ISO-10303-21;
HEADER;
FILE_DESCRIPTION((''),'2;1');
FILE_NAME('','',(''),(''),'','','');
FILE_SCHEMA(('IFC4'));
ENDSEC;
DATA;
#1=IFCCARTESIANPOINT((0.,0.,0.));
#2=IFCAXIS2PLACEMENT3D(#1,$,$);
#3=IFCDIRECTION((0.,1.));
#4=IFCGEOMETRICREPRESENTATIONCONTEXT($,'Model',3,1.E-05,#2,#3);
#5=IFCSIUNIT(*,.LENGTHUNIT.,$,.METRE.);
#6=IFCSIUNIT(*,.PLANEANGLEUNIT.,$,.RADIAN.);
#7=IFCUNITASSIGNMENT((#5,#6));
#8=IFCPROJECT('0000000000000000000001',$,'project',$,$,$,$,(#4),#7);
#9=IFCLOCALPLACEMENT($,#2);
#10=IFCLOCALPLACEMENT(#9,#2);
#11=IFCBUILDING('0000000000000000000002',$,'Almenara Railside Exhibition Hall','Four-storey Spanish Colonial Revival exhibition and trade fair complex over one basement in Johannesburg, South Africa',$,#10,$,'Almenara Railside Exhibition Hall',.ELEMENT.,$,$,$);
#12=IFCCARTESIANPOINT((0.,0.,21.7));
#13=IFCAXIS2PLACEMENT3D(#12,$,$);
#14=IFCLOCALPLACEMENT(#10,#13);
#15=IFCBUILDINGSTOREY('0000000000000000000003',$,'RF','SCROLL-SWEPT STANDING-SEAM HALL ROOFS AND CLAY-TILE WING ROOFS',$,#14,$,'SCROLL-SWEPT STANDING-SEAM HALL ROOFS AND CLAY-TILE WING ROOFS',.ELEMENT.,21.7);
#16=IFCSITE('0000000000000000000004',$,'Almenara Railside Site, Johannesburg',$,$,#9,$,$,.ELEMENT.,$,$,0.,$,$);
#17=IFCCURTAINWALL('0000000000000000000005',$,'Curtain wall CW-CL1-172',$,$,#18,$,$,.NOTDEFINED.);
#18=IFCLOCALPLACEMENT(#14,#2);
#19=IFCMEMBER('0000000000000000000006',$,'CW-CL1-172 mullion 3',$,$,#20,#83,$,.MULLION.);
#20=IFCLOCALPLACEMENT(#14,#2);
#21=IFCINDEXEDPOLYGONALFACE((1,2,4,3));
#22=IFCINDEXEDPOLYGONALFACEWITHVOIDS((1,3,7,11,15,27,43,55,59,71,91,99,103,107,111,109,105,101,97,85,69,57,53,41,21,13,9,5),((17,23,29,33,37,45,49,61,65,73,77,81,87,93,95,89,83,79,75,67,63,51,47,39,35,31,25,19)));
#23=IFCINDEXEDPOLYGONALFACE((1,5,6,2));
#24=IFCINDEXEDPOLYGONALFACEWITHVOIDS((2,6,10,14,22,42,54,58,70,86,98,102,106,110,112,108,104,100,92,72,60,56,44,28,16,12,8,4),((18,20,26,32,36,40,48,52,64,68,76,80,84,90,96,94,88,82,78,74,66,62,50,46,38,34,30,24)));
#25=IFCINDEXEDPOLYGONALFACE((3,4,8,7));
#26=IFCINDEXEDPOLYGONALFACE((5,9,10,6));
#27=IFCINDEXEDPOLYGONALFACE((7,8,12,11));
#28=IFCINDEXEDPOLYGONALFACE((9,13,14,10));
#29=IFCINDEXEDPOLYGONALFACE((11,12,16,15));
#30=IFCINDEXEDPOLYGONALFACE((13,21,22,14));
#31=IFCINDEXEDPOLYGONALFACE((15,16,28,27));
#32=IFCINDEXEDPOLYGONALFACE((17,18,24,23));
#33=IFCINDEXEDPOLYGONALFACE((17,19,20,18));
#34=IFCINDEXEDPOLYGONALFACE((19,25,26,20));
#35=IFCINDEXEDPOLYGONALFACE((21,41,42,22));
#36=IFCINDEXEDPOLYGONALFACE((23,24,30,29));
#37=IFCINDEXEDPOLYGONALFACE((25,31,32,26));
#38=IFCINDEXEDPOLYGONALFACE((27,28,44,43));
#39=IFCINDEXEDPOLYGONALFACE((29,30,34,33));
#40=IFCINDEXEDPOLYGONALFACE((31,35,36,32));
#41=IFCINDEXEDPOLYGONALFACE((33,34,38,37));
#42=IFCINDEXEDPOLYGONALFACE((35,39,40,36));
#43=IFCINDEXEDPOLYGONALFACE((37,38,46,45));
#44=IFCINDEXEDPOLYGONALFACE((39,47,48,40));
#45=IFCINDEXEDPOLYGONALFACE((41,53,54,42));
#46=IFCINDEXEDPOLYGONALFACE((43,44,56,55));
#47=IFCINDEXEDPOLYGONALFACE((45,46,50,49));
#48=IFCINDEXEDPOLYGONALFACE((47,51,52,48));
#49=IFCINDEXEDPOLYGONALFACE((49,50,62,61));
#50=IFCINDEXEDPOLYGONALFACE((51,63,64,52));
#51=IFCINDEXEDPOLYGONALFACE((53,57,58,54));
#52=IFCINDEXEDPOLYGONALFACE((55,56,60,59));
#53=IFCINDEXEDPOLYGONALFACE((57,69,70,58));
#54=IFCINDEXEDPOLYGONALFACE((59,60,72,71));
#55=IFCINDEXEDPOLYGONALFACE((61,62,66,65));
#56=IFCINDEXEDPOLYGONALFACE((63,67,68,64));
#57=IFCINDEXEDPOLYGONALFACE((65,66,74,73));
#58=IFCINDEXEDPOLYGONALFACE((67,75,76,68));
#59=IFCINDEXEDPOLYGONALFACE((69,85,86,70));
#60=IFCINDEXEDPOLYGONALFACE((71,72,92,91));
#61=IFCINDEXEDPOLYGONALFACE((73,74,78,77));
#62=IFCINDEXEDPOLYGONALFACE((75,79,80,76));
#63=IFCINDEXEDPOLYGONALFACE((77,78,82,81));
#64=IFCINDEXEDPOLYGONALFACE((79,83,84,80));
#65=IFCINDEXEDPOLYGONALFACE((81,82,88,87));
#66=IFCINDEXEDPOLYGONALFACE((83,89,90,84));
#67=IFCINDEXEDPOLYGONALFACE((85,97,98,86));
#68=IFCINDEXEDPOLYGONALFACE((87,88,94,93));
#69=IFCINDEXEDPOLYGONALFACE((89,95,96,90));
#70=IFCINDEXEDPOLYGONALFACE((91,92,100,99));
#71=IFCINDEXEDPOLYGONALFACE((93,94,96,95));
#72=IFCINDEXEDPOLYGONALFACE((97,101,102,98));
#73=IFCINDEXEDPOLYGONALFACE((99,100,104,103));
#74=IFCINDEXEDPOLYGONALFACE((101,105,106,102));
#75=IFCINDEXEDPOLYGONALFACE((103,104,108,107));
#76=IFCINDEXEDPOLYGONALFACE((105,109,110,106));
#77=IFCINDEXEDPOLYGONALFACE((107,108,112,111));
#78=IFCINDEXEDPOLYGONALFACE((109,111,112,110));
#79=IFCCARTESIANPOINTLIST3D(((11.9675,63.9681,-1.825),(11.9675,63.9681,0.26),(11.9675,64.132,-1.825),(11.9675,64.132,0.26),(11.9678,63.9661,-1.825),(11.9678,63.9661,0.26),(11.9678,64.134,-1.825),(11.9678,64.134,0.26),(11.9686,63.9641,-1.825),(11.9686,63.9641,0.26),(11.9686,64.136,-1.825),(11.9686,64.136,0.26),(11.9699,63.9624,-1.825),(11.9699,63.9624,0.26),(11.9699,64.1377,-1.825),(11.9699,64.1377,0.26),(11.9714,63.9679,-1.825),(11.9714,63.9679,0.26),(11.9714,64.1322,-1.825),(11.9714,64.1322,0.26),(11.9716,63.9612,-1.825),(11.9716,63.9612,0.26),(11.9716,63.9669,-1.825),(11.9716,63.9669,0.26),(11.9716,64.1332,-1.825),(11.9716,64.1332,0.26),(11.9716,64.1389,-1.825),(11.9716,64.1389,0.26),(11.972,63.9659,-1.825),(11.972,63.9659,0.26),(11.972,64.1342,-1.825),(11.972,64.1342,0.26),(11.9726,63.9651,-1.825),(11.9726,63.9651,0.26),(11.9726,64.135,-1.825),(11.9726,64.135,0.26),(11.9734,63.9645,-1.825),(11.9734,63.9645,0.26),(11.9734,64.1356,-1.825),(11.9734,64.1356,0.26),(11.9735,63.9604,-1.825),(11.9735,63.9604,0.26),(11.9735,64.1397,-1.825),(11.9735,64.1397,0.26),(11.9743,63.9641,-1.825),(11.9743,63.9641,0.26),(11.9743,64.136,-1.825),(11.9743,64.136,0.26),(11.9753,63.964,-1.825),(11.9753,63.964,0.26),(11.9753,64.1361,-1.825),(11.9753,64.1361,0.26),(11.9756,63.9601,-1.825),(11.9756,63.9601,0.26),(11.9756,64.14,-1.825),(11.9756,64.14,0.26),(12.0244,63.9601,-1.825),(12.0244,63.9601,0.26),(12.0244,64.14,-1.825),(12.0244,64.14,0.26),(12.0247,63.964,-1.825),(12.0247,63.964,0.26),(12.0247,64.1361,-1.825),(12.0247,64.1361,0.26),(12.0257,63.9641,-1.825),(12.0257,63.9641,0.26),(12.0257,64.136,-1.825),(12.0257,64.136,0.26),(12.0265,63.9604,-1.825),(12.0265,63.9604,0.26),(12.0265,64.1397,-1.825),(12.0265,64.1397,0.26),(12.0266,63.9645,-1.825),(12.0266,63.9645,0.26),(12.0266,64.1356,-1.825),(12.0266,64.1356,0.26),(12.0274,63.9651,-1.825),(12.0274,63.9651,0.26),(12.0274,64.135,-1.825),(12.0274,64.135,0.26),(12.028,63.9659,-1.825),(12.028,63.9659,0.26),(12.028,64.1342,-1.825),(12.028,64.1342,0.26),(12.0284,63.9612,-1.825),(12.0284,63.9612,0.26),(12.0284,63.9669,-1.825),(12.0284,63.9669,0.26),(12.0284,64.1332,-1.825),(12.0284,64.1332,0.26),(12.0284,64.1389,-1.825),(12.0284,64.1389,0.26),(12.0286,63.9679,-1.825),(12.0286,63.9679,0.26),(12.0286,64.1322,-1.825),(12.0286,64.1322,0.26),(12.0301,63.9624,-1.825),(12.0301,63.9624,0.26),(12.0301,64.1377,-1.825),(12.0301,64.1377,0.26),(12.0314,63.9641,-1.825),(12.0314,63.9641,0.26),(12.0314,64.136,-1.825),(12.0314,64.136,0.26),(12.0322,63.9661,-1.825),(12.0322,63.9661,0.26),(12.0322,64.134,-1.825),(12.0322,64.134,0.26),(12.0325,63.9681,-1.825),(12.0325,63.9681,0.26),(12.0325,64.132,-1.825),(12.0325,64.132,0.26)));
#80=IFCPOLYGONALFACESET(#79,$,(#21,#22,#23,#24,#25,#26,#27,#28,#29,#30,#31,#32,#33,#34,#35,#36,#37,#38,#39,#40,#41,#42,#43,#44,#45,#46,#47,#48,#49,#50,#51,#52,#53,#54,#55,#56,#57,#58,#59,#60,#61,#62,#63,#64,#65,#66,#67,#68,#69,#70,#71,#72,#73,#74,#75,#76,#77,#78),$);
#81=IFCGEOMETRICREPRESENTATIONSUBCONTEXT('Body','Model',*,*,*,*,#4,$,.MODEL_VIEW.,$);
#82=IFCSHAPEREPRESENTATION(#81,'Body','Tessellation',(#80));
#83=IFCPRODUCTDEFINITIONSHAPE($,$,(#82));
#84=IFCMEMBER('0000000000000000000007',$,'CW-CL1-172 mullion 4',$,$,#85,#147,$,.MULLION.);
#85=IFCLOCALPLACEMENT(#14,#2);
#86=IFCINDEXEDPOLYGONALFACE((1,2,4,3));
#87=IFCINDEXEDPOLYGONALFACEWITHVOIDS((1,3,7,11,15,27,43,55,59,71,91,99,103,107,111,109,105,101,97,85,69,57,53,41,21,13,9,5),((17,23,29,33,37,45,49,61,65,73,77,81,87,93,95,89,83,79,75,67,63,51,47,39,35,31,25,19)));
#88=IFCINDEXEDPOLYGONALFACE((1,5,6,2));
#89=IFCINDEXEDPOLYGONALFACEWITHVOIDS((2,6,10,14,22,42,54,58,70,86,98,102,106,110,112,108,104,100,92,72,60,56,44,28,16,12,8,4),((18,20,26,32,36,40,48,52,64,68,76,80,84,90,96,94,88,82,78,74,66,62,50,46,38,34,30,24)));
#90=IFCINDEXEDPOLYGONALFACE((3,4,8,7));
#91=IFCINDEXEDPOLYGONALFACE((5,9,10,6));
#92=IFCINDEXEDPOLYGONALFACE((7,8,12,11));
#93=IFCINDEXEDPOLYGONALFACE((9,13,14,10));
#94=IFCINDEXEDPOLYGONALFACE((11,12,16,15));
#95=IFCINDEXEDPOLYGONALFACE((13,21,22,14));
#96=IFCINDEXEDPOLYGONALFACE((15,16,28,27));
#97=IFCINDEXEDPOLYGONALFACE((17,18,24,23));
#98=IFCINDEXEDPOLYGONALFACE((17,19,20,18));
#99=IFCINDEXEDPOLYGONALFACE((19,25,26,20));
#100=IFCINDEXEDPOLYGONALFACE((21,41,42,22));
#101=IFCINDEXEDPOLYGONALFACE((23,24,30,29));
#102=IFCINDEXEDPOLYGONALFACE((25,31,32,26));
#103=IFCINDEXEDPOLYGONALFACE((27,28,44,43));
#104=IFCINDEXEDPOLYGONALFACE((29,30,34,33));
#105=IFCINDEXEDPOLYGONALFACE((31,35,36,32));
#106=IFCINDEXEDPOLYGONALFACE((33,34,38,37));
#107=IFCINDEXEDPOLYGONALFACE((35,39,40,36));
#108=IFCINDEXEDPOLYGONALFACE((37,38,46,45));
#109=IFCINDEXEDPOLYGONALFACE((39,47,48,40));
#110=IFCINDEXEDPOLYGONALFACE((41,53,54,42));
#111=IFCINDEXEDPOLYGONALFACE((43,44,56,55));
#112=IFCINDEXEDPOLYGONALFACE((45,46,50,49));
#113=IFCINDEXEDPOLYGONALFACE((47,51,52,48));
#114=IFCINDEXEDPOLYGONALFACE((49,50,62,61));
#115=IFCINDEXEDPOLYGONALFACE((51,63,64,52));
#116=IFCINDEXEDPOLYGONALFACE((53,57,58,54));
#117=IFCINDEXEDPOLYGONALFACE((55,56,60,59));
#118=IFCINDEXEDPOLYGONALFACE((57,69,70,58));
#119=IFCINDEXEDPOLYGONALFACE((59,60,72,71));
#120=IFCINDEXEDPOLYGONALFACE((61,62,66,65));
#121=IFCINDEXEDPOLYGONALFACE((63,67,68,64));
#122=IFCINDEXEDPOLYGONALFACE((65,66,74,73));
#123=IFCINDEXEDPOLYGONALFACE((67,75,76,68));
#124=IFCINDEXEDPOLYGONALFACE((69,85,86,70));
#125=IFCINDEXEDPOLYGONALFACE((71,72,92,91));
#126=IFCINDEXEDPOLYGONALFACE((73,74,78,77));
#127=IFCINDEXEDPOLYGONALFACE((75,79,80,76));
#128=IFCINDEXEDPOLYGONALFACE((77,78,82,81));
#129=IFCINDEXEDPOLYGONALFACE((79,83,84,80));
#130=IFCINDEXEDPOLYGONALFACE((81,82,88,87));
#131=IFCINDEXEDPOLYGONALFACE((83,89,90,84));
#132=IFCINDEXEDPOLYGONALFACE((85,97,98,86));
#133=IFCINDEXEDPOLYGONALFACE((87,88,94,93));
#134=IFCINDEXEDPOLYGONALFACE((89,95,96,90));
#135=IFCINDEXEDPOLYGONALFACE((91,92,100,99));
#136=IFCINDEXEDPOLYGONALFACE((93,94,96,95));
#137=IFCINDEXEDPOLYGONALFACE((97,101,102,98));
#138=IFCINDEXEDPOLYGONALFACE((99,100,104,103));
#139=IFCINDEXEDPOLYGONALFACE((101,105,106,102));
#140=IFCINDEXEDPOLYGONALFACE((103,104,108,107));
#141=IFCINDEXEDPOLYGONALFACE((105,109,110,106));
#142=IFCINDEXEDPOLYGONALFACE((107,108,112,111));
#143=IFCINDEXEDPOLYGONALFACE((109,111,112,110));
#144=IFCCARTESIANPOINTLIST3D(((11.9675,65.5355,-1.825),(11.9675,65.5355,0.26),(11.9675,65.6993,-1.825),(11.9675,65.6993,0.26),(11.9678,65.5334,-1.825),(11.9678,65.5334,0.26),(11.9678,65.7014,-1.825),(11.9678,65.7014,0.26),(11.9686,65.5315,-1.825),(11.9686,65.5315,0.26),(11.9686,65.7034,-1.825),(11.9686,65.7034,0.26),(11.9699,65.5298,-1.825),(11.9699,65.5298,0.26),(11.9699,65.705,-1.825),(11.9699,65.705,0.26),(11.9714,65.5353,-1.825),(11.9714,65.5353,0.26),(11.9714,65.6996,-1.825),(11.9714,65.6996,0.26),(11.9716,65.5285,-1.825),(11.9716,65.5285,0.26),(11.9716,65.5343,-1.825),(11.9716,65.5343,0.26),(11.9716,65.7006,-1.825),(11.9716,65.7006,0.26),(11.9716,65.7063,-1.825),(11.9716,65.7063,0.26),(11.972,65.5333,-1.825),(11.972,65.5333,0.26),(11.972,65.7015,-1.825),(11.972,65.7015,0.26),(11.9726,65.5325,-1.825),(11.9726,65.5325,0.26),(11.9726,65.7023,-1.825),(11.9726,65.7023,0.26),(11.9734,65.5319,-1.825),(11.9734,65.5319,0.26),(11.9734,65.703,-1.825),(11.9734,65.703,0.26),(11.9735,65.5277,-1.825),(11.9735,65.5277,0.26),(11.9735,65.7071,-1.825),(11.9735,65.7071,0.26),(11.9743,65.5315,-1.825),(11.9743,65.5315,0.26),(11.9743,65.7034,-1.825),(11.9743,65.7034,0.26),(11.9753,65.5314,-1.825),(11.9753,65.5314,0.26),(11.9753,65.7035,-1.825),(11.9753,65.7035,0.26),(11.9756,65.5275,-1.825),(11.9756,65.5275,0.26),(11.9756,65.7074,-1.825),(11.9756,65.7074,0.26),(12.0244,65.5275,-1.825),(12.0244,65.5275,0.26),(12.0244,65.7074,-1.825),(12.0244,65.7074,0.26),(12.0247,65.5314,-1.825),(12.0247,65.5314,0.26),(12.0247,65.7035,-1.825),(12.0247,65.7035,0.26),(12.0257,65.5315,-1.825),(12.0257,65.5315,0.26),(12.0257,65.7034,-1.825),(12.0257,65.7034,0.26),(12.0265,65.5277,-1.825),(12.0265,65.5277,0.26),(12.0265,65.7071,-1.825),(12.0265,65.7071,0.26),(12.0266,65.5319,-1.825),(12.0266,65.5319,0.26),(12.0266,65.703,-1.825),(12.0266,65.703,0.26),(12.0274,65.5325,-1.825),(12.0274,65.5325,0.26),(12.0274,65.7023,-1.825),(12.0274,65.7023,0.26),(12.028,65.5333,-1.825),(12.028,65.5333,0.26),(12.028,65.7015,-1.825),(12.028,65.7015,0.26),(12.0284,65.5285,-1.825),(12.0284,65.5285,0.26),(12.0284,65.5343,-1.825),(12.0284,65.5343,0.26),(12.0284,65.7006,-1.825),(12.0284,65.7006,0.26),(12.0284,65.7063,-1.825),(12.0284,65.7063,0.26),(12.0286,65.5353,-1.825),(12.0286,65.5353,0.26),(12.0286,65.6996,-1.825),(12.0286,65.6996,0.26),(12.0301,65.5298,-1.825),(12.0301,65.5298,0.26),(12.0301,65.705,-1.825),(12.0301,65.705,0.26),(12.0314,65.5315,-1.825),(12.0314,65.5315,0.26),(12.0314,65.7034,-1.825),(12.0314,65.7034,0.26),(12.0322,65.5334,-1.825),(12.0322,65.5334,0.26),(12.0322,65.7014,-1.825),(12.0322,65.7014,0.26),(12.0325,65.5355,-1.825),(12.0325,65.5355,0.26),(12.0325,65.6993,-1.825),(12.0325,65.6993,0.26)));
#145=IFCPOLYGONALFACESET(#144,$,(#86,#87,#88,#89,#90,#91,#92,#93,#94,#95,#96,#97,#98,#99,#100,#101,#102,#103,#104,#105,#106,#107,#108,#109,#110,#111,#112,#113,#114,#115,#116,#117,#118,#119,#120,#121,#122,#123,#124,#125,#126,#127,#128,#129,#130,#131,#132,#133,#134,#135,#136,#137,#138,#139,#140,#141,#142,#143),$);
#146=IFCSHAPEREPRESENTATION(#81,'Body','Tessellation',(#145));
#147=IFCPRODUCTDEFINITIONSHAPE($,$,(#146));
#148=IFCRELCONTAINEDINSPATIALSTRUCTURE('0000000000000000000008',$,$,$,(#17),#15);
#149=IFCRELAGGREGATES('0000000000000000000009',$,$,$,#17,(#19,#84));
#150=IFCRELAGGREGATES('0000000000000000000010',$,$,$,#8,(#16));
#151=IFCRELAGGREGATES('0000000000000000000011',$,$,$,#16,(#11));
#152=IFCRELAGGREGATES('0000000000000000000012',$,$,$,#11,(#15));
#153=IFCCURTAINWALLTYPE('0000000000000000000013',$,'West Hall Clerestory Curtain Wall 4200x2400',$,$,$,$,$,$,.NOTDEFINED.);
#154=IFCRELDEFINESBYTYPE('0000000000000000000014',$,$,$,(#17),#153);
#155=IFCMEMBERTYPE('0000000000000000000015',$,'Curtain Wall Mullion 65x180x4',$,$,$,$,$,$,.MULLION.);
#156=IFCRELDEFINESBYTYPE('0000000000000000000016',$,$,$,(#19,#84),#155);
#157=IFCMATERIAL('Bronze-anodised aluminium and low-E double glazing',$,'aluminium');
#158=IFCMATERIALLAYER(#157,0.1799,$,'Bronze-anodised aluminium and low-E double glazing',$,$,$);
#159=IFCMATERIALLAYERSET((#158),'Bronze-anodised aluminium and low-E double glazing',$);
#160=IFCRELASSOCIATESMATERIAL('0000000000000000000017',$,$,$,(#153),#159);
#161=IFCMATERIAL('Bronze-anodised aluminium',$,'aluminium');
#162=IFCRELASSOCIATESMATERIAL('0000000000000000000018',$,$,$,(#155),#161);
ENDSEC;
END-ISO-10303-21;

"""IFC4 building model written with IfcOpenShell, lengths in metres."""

from ifc_helpers import new_model, si_unit, direction, frame, origin, origin_2d, place, context, subcontext, project, spatial, hollow_rectangle, extrude, material, layer, layer_set, material_profile, profile_set, type_object, element, aggregate, save


model = new_model("IFC4")

# Units and contexts
model_context = context("Model", 3, precision=1e-05, world=origin(), true_north=direction((0.0, 1.0)))
body_context = subcontext(model_context, "Body", "Model", "MODEL_VIEW")
ifc_project = project(units=[si_unit("LENGTHUNIT", "METRE"), si_unit("PLANEANGLEUNIT", "RADIAN")], contexts=[model_context])

# Site, building, storey
site_placement = place(None, origin())
site = spatial("IfcSite", under=ifc_project, at=site_placement, Name="Almenara Railside Site, Johannesburg", CompositionType="ELEMENT", RefElevation=0.0)
building_placement = place(site_placement, origin())
building = spatial("IfcBuilding", under=site, at=building_placement, Name="Almenara Railside Exhibition Hall", Description="Four-storey Spanish Colonial Revival exhibition and trade fair complex over one basement in Johannesburg, South Africa", LongName="Almenara Railside Exhibition Hall", CompositionType="ELEMENT")
storey_placement = place(building_placement, frame((0.0, 0.0, 21.7)))
storey = spatial("IfcBuildingStorey", under=building, at=storey_placement, Name="RF", Description="SCROLL-SWEPT STANDING-SEAM HALL ROOFS AND CLAY-TILE WING ROOFS", LongName="SCROLL-SWEPT STANDING-SEAM HALL ROOFS AND CLAY-TILE WING ROOFS", CompositionType="ELEMENT", Elevation=21.7)

# Curtain wall, members
ifc_material_1 = material(Name="Bronze-anodised aluminium and low-E double glazing", Category="aluminium")
ifc_layer_1 = layer(ifc_material_1, 0.1799, Name="Bronze-anodised aluminium and low-E double glazing")
ifc_layer_set_1 = layer_set([ifc_layer_1], Name="Bronze-anodised aluminium and low-E double glazing")
curtain_wall_type = type_object("IfcCurtainWallType", Name="West Hall Clerestory Curtain Wall 4200x2400", PredefinedType="NOTDEFINED", material=ifc_layer_set_1)
curtain_wall_placement = place(storey_placement, origin())
curtain_wall = element("IfcCurtainWall", 1, at=curtain_wall_placement, inside=storey, type_object=curtain_wall_type, Name="Curtain wall CW-CL1-172", PredefinedType="NOTDEFINED")
ifc_material_2 = material(Name="Bronze-anodised aluminium", Category="aluminium")
ifc_material_profile_1 = material_profile(ifc_material_2, hollow_rectangle(XDim=0.0649, YDim=0.1799, WallThickness=0.0039, InnerFilletRadius=0.0039, OuterFilletRadius=0.0081, at=origin_2d()), Name="ALU-MUL 65x180x4")
ifc_profile_set_1 = profile_set([ifc_material_profile_1], Name="Bronze-anodised aluminium")
member_type_1 = type_object("IfcMemberType", Name="Curtain Wall Mullion 65x180x4", PredefinedType="MULLION", material=ifc_profile_set_1)
member_1_placement = place(storey_placement, frame((12.0, 64.05, -1.825), z_axis=(0.0, 0.0, 1.0), x_axis=(-1.0, 0.0, 0.0)))
member_1 = element("IfcMember", 2, at=member_1_placement, type_object=member_type_1, Name="CW-CL1-172 mullion 3", PredefinedType="MULLION", context=body_context, shape_type="SweptSolid", body=[
    extrude(hollow_rectangle(XDim=0.0649, YDim=0.1799, WallThickness=0.0039, InnerFilletRadius=0.0039, OuterFilletRadius=0.0081, at=origin_2d()), origin(), (0.0, 0.0, 1.0), 2.085),
])
member_2_placement = place(storey_placement, frame((12.0, 65.6174, -1.825), z_axis=(0.0, 0.0, 1.0), x_axis=(-1.0, 0.0, 0.0)))
member_2 = element("IfcMember", 3, at=member_2_placement, type_object=member_type_1, Name="CW-CL1-172 mullion 4", PredefinedType="MULLION", context=body_context, shape_type="SweptSolid", body=[
    extrude(hollow_rectangle(XDim=0.0649, YDim=0.1799, WallThickness=0.0039, InnerFilletRadius=0.0039, OuterFilletRadius=0.0081, at=origin_2d()), origin(), (0.0, 0.0, 1.0), 2.085),
])

aggregate(curtain_wall, [member_1, member_2])

save(model, "model.ifc")
